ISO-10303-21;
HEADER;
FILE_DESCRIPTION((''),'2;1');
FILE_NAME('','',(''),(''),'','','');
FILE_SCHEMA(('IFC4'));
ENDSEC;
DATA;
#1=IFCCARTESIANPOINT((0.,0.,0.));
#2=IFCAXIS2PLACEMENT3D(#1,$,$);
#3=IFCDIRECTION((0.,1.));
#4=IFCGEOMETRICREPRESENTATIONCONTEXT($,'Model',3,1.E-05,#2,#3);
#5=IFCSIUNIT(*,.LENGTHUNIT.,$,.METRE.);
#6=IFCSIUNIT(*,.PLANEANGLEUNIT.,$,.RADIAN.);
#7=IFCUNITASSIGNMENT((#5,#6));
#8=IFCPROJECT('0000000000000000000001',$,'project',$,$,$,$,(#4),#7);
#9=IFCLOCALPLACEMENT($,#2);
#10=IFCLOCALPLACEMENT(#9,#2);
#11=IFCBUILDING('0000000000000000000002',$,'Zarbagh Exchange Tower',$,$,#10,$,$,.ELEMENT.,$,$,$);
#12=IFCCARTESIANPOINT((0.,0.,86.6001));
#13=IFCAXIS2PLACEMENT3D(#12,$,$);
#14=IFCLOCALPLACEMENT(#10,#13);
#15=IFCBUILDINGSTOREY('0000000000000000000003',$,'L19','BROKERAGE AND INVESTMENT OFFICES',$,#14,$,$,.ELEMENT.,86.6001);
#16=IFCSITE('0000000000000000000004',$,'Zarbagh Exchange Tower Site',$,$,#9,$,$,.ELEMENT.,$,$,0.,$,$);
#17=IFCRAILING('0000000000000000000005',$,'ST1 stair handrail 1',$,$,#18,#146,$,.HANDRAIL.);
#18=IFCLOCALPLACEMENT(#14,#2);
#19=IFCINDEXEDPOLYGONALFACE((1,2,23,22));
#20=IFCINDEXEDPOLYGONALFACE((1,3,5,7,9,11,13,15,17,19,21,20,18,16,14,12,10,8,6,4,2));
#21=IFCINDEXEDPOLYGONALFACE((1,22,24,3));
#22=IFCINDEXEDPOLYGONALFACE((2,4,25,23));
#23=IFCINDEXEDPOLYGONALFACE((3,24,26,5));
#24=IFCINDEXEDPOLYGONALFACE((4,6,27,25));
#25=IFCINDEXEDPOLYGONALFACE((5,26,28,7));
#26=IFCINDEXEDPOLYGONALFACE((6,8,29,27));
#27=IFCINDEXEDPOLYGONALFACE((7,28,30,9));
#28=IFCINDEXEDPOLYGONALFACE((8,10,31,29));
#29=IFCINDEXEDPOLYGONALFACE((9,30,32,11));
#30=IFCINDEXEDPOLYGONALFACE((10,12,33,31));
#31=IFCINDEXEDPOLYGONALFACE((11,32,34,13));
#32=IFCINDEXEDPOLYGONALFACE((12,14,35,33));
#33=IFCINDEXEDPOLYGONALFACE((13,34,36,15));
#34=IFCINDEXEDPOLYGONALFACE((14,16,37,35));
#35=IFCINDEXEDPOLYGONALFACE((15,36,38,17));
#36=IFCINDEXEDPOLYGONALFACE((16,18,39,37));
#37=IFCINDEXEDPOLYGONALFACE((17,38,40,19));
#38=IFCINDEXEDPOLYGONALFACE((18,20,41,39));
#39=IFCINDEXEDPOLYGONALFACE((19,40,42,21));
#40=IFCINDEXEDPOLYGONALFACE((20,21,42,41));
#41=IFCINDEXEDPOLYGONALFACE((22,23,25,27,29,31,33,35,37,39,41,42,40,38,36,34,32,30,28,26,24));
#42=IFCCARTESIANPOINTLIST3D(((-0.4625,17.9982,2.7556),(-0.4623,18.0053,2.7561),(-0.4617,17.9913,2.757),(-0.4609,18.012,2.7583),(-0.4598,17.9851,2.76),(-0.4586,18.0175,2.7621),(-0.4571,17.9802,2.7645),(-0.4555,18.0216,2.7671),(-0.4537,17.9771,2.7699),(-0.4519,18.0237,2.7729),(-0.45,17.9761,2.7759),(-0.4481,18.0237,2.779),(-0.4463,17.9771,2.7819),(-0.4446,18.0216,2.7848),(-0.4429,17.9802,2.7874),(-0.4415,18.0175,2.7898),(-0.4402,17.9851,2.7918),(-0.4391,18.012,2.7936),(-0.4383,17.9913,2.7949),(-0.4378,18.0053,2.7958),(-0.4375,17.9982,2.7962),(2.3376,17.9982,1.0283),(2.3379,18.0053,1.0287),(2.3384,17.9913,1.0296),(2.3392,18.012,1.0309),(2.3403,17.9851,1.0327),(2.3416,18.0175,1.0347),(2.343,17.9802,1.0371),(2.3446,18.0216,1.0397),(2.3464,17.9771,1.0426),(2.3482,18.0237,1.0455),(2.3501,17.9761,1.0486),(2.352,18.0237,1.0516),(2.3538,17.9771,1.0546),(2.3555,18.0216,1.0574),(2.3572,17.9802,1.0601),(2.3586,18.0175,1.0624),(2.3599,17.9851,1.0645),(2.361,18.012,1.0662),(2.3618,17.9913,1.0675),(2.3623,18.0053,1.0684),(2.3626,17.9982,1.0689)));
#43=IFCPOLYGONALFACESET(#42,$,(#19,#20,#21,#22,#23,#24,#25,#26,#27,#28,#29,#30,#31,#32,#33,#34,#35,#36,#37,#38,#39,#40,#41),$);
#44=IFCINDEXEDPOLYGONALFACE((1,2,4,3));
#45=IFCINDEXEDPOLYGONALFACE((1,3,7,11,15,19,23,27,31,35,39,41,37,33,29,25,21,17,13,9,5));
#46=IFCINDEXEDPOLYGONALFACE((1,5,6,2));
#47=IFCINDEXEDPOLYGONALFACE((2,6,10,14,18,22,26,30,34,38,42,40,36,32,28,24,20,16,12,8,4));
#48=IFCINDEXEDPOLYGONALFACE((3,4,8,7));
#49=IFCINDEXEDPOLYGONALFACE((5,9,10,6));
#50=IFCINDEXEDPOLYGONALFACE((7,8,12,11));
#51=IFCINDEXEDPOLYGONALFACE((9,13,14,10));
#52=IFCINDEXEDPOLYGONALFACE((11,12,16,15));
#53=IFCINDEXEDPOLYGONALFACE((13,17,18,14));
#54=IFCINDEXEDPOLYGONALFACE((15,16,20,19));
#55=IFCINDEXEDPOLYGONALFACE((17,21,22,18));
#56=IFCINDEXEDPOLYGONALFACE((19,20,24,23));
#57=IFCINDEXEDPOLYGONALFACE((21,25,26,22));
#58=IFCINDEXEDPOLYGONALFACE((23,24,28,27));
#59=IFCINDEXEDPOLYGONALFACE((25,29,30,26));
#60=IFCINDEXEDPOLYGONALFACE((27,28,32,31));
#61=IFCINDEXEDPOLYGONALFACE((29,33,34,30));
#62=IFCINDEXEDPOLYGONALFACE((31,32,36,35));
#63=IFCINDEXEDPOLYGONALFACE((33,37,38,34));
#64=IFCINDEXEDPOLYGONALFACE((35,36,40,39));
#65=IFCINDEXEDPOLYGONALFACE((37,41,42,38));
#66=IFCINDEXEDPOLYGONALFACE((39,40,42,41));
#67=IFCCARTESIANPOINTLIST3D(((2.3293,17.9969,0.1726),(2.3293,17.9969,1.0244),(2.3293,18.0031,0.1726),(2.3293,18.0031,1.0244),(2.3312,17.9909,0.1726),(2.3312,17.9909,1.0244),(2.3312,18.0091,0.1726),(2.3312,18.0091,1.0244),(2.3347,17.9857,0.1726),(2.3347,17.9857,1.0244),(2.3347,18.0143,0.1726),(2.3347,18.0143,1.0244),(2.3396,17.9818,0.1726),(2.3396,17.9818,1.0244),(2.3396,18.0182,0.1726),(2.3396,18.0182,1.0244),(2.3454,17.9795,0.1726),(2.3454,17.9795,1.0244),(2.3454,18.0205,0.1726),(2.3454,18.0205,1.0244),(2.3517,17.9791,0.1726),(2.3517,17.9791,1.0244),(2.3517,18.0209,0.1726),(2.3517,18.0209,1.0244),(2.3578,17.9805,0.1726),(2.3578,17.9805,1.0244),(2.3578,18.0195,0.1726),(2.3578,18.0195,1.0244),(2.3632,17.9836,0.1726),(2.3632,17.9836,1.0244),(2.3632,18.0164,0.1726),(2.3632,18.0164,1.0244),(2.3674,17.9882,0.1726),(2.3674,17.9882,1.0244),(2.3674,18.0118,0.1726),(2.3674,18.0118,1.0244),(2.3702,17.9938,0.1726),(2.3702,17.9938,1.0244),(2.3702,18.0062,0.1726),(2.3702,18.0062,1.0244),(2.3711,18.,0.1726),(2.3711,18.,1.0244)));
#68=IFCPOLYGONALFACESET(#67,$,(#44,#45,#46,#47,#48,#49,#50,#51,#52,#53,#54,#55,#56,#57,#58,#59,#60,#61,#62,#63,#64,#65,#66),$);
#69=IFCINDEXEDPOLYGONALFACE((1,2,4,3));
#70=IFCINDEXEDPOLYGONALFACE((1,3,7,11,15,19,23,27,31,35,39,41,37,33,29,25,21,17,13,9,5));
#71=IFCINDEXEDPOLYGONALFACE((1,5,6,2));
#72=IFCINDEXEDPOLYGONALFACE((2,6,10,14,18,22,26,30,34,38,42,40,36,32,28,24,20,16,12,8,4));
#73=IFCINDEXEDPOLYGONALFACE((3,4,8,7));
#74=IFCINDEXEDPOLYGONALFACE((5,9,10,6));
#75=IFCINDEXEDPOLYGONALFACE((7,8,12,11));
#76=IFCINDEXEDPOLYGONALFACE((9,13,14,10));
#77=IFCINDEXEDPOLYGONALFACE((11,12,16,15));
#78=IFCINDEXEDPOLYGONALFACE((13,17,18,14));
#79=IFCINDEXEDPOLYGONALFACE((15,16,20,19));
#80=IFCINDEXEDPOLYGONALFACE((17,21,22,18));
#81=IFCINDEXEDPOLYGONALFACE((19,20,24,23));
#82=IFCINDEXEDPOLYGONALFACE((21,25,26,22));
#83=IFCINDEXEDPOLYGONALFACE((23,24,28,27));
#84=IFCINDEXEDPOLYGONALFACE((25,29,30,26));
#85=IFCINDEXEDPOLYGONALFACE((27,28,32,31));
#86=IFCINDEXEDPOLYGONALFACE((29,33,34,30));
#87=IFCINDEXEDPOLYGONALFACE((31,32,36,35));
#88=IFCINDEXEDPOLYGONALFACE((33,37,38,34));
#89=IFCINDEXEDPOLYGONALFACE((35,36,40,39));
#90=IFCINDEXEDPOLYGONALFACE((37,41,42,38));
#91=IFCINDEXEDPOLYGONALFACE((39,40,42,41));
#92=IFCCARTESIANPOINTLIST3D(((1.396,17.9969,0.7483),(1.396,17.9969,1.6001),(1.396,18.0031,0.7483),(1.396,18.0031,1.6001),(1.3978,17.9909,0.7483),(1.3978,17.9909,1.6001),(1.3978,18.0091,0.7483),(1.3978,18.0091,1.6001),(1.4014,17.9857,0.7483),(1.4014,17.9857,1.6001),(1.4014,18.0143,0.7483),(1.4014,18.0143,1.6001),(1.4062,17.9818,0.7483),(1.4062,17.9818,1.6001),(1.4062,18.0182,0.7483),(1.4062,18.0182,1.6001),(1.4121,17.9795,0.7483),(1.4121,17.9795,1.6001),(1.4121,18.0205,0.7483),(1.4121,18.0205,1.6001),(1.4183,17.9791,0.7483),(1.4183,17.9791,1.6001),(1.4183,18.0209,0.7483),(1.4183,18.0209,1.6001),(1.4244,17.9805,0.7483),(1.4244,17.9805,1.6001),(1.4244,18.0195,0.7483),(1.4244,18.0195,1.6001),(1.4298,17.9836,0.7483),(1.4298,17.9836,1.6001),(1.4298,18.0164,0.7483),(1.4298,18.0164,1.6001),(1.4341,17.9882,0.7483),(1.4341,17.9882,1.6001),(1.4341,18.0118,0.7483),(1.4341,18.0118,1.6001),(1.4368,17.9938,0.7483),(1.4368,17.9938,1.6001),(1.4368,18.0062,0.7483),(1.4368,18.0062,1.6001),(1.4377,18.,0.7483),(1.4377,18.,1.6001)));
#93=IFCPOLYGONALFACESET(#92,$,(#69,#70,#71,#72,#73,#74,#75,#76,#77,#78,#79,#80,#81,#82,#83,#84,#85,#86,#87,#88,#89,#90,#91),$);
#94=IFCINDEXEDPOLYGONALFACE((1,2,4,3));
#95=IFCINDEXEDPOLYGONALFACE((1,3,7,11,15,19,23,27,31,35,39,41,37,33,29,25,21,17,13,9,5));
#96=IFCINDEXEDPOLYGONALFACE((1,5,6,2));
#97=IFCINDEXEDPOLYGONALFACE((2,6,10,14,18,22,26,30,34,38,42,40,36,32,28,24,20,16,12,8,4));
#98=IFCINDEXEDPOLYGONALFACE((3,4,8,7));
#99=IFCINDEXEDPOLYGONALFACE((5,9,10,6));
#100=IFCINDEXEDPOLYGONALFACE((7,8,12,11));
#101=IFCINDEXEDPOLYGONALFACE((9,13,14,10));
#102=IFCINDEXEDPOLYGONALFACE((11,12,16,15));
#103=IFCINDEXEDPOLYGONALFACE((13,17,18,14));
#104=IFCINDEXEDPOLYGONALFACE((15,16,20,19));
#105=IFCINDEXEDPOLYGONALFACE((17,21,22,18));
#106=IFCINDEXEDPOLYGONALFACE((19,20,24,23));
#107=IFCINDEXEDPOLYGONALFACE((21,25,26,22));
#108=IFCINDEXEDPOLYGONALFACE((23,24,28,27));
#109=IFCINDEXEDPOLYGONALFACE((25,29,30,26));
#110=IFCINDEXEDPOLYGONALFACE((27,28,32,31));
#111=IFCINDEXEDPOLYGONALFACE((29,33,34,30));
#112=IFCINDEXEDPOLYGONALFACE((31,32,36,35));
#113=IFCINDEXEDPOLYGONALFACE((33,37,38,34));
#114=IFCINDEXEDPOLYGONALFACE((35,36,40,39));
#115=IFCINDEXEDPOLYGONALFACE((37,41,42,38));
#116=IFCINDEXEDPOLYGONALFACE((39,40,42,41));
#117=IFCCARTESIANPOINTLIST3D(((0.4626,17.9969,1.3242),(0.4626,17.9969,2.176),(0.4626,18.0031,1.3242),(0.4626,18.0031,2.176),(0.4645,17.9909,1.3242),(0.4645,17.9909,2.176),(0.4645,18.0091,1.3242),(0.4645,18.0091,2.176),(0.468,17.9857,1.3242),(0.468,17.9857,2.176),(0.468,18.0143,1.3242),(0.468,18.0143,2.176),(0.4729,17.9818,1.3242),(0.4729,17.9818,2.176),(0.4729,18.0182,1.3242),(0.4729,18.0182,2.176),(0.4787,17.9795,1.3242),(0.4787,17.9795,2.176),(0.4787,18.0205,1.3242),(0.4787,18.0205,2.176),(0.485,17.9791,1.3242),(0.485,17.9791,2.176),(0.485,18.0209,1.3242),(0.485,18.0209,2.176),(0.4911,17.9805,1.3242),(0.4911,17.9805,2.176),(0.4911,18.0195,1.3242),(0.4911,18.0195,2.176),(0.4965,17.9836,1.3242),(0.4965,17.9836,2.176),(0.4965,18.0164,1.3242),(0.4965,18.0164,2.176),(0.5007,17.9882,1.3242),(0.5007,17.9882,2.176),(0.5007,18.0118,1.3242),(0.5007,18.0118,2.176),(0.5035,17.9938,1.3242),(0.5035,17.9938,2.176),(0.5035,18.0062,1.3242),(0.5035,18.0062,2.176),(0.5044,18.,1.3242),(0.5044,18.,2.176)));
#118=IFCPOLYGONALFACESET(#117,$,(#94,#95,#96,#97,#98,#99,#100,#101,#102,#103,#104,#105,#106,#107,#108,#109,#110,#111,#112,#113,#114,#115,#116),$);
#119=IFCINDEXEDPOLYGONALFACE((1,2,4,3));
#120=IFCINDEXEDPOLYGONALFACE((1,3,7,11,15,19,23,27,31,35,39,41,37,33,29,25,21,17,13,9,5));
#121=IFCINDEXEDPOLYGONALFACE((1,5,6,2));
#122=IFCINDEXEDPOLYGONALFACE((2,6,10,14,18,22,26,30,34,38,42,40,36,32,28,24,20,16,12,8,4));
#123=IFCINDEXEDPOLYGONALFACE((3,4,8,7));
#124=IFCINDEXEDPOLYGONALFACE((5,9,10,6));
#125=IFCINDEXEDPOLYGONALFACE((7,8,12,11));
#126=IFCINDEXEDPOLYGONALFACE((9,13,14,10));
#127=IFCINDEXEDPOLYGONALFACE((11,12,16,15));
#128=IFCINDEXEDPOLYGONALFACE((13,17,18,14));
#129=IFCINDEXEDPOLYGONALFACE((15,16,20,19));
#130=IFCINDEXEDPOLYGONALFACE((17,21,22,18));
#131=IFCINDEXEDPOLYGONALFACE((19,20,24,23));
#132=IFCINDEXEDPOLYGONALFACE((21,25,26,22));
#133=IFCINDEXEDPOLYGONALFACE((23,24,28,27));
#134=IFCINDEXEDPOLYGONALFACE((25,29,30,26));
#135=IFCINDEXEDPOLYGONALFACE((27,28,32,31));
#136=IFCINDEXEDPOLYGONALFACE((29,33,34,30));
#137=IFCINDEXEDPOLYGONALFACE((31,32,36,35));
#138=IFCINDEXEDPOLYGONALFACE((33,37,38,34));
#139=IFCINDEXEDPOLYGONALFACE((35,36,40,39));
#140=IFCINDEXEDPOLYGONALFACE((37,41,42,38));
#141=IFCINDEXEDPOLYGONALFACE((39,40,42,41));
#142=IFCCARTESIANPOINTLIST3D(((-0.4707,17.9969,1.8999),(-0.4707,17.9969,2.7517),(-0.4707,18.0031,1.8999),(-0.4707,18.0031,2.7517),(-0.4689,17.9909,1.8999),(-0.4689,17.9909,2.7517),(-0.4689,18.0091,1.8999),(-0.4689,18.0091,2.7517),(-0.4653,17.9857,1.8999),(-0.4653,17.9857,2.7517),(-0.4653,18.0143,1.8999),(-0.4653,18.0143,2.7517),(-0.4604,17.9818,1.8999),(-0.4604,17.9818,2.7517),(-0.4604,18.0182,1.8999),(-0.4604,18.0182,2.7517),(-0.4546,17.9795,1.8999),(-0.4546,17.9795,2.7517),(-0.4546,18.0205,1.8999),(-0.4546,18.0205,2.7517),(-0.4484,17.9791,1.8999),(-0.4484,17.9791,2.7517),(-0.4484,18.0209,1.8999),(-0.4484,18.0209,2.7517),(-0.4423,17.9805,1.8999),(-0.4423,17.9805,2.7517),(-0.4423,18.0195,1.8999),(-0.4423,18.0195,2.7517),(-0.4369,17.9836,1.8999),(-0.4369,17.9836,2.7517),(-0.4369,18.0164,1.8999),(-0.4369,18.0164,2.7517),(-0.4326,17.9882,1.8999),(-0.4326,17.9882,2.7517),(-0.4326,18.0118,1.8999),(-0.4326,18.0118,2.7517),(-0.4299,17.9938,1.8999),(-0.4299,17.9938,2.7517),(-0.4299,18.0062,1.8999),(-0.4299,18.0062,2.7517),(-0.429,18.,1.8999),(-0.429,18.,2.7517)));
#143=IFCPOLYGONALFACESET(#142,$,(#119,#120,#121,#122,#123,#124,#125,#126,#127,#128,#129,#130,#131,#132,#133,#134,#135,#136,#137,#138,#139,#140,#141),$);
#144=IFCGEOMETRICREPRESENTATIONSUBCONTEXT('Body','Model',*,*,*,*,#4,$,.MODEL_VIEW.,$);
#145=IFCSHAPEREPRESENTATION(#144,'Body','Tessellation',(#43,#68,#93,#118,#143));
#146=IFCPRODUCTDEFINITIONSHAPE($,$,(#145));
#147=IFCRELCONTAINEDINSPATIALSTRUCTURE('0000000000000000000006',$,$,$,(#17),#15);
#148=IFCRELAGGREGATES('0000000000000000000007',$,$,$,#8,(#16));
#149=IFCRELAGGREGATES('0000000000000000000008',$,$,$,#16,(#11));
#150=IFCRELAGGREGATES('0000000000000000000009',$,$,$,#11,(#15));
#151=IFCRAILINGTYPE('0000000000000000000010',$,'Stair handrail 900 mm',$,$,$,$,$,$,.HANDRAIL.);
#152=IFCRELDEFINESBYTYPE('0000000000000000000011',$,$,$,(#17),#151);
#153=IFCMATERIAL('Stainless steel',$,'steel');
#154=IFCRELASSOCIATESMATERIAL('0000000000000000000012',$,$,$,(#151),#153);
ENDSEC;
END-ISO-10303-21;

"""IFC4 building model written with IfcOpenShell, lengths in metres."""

from ifc_helpers import new_model, si_unit, direction, frame, origin, origin_2d, place, context, subcontext, project, spatial, circle, extrude, material, type_object, element, save


model = new_model("IFC4")

# Units and contexts
model_context = context("Model", 3, precision=1e-05, world=origin(), true_north=direction((0.0, 1.0)))
body_context = subcontext(model_context, "Body", "Model", "MODEL_VIEW")
ifc_project = project(units=[si_unit("LENGTHUNIT", "METRE"), si_unit("PLANEANGLEUNIT", "RADIAN")], contexts=[model_context])

# Site, building, storey
site_placement = place(None, origin())
site = spatial("IfcSite", under=ifc_project, at=site_placement, Name="Zarbagh Exchange Tower Site", CompositionType="ELEMENT", RefElevation=0.0)
building_placement = place(site_placement, origin())
building = spatial("IfcBuilding", under=site, at=building_placement, Name="Zarbagh Exchange Tower", CompositionType="ELEMENT")
storey_placement = place(building_placement, frame((0.0, 0.0, 86.6001)))
storey = spatial("IfcBuildingStorey", under=building, at=storey_placement, Name="L19", Description="BROKERAGE AND INVESTMENT OFFICES", CompositionType="ELEMENT", Elevation=86.6001)

# Shared definitions
ifc_material_1 = material(Name="Stainless steel", Category="steel")

# Railing
railing_type = type_object("IfcRailingType", Name="Stair handrail 900 mm", PredefinedType="HANDRAIL", material=ifc_material_1)
railing_placement = place(storey_placement, frame((2.3501, 18.0, 0.1726)))
element("IfcRailing", 1, at=railing_placement, inside=storey, type_object=railing_type, Name="ST1 stair handrail 1", PredefinedType="HANDRAIL", context=body_context, shape_type="SweptSolid", body=[
    extrude(circle(Radius=0.0239, at=origin_2d()), frame((0.0, 0.0, 0.876), z_axis=(-0.85109, 0.0, 0.52502), x_axis=(0.0, -1.0, 0.0)), (0.0, 0.0, 1.0), 3.29),
    extrude(circle(Radius=0.021, at=origin_2d()), origin(), (0.0, 0.0, 1.0), 0.8518),
    extrude(circle(Radius=0.021, at=origin_2d()), frame((-0.9333, 0.0, 0.5757)), (0.0, 0.0, 1.0), 0.8518),
    extrude(circle(Radius=0.021, at=origin_2d()), frame((-1.8667, 0.0, 1.1516)), (0.0, 0.0, 1.0), 0.8518),
    extrude(circle(Radius=0.021, at=origin_2d()), frame((-2.8, 0.0, 1.7273)), (0.0, 0.0, 1.0), 0.8518),
])

save(model, "model.ifc")
